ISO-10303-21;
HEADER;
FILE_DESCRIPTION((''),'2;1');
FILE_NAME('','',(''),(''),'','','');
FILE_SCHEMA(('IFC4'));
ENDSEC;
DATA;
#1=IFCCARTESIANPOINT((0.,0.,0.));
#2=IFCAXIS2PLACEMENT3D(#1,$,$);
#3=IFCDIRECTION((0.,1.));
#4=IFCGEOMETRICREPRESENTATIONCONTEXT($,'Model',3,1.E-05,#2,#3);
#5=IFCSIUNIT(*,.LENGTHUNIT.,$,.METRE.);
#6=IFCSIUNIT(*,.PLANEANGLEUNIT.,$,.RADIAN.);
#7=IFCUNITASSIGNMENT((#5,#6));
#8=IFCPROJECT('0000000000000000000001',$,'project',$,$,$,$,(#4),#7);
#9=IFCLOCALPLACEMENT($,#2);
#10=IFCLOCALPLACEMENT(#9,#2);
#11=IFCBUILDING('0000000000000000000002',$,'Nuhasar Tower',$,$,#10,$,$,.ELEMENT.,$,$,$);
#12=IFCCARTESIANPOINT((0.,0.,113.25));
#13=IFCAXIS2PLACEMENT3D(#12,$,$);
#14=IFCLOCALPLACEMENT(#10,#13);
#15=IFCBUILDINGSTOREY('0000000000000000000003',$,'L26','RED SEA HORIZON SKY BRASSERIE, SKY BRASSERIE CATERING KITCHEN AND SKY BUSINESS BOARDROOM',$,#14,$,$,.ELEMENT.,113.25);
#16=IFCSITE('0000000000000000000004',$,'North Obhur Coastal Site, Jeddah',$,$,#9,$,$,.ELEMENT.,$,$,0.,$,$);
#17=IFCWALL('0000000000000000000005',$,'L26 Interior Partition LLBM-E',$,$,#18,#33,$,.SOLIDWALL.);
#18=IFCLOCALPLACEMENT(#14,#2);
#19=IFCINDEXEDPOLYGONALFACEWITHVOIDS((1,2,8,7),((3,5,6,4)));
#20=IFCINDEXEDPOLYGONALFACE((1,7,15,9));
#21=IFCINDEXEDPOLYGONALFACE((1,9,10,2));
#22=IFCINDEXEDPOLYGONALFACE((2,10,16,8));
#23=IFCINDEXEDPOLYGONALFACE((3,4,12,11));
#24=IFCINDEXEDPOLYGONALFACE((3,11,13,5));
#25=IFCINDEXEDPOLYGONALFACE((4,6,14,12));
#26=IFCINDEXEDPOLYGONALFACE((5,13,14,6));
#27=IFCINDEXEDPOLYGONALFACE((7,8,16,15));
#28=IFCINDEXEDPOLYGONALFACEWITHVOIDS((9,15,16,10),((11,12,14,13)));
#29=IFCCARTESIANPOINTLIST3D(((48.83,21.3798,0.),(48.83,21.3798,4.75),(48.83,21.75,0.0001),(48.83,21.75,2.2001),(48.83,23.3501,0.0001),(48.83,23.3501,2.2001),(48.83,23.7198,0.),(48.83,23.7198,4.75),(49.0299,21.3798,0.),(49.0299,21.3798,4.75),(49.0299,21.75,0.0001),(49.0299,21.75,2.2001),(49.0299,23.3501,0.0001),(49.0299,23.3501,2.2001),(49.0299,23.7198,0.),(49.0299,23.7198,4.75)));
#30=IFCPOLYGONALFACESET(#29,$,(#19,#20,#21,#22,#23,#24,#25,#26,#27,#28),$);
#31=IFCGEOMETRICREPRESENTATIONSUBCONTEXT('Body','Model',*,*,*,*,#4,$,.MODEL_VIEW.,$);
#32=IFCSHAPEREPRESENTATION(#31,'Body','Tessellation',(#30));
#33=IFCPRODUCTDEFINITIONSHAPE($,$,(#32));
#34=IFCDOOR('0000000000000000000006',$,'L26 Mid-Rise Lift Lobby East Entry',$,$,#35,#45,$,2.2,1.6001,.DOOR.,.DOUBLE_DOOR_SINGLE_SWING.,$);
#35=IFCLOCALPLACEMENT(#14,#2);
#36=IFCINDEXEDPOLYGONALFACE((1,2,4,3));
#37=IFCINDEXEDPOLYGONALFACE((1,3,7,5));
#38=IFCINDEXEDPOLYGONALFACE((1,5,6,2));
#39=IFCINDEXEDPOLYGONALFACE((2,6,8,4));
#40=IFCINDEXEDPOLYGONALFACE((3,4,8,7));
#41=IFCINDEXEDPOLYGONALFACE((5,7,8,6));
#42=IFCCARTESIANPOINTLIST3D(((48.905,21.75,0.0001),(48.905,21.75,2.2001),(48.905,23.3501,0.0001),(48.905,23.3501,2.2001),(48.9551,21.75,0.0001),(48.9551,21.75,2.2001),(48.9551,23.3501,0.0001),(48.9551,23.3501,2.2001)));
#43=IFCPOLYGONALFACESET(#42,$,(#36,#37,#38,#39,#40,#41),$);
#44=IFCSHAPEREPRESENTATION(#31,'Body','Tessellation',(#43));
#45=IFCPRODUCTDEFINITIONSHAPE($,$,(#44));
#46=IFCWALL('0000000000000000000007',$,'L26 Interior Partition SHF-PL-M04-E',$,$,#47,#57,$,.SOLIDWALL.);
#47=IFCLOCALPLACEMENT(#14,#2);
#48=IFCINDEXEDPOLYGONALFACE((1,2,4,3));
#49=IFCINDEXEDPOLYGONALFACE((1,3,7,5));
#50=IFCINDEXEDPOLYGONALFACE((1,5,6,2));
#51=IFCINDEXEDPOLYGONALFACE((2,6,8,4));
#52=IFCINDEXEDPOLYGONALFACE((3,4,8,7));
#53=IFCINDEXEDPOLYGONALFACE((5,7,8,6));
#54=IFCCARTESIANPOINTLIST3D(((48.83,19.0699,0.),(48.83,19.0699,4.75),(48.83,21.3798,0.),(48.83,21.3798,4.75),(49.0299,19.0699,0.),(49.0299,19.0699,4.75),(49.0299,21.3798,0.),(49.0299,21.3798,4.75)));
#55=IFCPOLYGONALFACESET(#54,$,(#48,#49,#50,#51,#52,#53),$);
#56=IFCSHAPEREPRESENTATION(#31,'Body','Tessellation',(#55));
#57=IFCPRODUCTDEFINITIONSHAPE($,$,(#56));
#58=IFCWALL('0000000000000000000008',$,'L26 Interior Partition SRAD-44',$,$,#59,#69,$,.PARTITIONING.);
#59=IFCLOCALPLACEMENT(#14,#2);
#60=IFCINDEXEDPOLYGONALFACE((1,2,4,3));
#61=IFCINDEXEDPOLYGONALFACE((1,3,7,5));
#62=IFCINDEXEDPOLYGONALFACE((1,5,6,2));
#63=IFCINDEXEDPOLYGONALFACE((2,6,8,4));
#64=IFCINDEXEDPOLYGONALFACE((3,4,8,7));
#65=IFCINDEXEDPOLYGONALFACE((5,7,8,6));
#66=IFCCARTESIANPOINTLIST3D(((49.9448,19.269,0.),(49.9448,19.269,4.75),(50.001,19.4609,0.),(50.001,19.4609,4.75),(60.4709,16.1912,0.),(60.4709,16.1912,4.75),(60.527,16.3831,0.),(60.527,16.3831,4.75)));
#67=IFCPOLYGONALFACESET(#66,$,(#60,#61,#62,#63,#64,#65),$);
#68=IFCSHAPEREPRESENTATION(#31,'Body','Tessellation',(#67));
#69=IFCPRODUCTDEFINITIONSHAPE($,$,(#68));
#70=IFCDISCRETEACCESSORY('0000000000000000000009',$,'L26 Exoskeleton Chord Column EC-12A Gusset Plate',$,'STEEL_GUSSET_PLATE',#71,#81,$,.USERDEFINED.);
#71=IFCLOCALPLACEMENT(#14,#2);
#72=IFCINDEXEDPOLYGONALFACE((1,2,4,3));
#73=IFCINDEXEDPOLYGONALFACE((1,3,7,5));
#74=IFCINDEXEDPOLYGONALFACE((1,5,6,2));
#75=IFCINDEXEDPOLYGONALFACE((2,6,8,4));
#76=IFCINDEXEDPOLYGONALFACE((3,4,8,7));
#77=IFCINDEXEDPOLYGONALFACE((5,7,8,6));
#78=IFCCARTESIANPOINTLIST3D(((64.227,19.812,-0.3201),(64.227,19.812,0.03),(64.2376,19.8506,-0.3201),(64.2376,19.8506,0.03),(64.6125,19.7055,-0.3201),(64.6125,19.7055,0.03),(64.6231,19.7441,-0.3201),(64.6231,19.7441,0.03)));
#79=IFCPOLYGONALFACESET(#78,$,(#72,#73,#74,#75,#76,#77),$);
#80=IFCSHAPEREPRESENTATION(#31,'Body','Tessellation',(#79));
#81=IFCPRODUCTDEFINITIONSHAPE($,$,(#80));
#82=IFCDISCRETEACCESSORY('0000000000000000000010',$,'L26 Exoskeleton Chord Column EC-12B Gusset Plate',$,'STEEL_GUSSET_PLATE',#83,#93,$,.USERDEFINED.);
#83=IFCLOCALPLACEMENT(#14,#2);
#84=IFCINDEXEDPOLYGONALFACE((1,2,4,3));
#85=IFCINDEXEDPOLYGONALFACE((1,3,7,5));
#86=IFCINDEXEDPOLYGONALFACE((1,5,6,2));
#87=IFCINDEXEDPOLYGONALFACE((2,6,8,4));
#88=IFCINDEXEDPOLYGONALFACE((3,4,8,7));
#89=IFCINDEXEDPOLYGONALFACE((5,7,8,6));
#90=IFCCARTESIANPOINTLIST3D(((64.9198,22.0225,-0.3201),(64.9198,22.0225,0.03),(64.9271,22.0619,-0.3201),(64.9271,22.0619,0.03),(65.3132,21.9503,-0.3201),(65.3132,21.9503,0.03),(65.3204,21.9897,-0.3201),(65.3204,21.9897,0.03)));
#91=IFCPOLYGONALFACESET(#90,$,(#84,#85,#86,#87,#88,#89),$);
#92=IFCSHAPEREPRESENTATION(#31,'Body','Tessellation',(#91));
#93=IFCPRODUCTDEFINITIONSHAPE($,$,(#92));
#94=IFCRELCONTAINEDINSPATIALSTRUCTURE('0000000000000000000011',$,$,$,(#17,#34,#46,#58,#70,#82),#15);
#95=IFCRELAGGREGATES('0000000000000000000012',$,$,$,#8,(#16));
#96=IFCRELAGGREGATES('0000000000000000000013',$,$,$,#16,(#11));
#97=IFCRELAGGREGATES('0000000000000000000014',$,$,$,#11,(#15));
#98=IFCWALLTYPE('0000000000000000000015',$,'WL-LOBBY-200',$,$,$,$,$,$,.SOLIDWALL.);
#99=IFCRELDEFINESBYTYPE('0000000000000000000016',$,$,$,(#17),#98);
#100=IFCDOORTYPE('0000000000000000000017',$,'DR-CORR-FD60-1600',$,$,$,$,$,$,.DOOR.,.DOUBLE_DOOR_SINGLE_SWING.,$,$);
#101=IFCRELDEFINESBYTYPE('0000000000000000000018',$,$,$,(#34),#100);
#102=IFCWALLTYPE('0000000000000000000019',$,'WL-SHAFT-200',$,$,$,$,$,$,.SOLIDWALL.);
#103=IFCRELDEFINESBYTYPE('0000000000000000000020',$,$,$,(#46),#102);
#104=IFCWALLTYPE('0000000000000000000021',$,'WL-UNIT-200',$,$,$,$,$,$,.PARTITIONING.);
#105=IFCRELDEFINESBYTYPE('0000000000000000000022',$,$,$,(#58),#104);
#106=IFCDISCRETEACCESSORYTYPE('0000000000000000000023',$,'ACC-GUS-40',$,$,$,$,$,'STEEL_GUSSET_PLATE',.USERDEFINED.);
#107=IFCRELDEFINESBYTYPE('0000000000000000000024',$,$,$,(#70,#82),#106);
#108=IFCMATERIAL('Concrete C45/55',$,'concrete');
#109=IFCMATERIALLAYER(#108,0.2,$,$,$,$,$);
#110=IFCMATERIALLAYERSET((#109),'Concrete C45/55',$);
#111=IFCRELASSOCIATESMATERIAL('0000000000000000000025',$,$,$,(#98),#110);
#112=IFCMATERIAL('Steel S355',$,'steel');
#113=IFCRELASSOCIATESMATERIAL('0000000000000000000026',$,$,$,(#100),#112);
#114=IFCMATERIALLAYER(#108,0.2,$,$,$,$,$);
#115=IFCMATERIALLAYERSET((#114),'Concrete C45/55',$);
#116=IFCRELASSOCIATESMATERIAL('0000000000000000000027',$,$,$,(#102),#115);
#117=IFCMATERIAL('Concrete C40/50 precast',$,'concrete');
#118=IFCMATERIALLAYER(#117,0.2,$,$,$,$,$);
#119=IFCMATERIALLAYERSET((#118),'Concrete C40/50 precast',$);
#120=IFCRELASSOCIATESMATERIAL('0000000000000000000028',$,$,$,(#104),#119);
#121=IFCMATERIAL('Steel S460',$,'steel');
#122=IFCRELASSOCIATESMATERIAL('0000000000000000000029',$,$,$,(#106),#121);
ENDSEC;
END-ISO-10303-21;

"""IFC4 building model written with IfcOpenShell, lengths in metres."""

from ifc_helpers import new_model, si_unit, direction, frame, frame_2d, origin, origin_2d, place, context, subcontext, project, spatial, rectangle, extrude, material, layer, layer_set, type_object, element, fill, save


model = new_model("IFC4")

# Units and contexts
model_context = context("Model", 3, precision=1e-05, world=origin(), true_north=direction((0.0, 1.0)))
body_context = subcontext(model_context, "Body", "Model", "MODEL_VIEW")
ifc_project = project(units=[si_unit("LENGTHUNIT", "METRE"), si_unit("PLANEANGLEUNIT", "RADIAN")], contexts=[model_context])

# Site, building, storey
site_placement = place(None, origin())
site = spatial("IfcSite", under=ifc_project, at=site_placement, Name="North Obhur Coastal Site, Jeddah", CompositionType="ELEMENT", RefElevation=0.0)
building_placement = place(site_placement, origin())
building = spatial("IfcBuilding", under=site, at=building_placement, Name="Nuhasar Tower", CompositionType="ELEMENT")
storey_placement = place(building_placement, frame((0.0, 0.0, 113.25)))
storey = spatial("IfcBuildingStorey", under=building, at=storey_placement, Name="L26", Description="RED SEA HORIZON SKY BRASSERIE, SKY BRASSERIE CATERING KITCHEN AND SKY BUSINESS BOARDROOM", CompositionType="ELEMENT", Elevation=113.25)

# Shared definitions
ifc_material_1 = material(Name="Steel S460", Category="steel")

# Wall, opening, door
ifc_material_2 = material(Name="Concrete C45/55", Category="concrete")
ifc_layer_1 = layer(ifc_material_2, 0.2)
ifc_layer_set_1 = layer_set([ifc_layer_1], Name="Concrete C45/55")
wall_type_1 = type_object("IfcWallType", Name="WL-LOBBY-200", PredefinedType="SOLIDWALL", material=ifc_layer_set_1)
wall_1_placement = place(storey_placement, frame((48.9299, 21.3799, 0.0), z_axis=(0.0, 0.0, 1.0), x_axis=(0.0, 1.0, 0.0)))
wall_1 = element("IfcWall", 1, at=wall_1_placement, inside=storey, type_object=wall_type_1, Name="L26 Interior Partition LLBM-E", PredefinedType="SOLIDWALL", context=body_context, shape_type="SweptSolid", body=[
    extrude(rectangle(XDim=2.3401, YDim=0.2, at=frame_2d((1.1699, 0.0))), origin(), (0.0, 0.0, 1.0), 4.75),
])
opening_placement = place(wall_1_placement, frame((0.3701, 0.0, 0.0)))
opening = element("IfcOpeningElement", 2, at=opening_placement, cuts=wall_1, PredefinedType="OPENING", context=body_context, shape_type="SweptSolid", body=[
    extrude(rectangle(XDim=1.6001, YDim=2.2, at=frame_2d((0.8, 1.1001))), frame((0.0, 0.1099, 0.0), z_axis=(0.0, -1.0, 0.0), x_axis=(1.0, 0.0, 0.0)), (0.0, 0.0, 1.0), 0.22),
])
ifc_material_3 = material(Name="Steel S355", Category="steel")
door_type = type_object("IfcDoorType", Name="DR-CORR-FD60-1600", OperationType="DOUBLE_DOOR_SINGLE_SWING", PredefinedType="DOOR", material=ifc_material_3)
door_placement = place(opening_placement, origin())
door = element("IfcDoor", 3, at=door_placement, inside=storey, type_object=door_type, Name="L26 Mid-Rise Lift Lobby East Entry", OperationType="DOUBLE_DOOR_SINGLE_SWING", OverallHeight=2.2, OverallWidth=1.6001, PredefinedType="DOOR", context=body_context, shape_type="SweptSolid", body=[
    extrude(rectangle(XDim=1.6001, YDim=2.2, at=frame_2d((0.8, 1.1001))), frame((0.0, 0.0249, 0.0), z_axis=(0.0, -1.0, 0.0), x_axis=(1.0, 0.0, 0.0)), (0.0, 0.0, 1.0), 0.05),
])
fill(opening, door)

# Walls
ifc_layer_2 = layer(ifc_material_2, 0.2)
ifc_layer_set_2 = layer_set([ifc_layer_2], Name="Concrete C45/55")
wall_type_2 = type_object("IfcWallType", Name="WL-SHAFT-200", PredefinedType="SOLIDWALL", material=ifc_layer_set_2)
wall_2_placement = place(storey_placement, frame((48.9299, 19.0701, 0.0), z_axis=(0.0, 0.0, 1.0), x_axis=(0.0, 1.0, 0.0)))
element("IfcWall", 4, at=wall_2_placement, inside=storey, type_object=wall_type_2, Name="L26 Interior Partition SHF-PL-M04-E", PredefinedType="SOLIDWALL", context=body_context, shape_type="SweptSolid", body=[
    extrude(rectangle(XDim=2.3098, YDim=0.2, at=frame_2d((1.1548, 0.0))), origin(), (0.0, 0.0, 1.0), 4.75),
])
ifc_material_4 = material(Name="Concrete C40/50 precast", Category="concrete")
ifc_layer_3 = layer(ifc_material_4, 0.2)
ifc_layer_set_3 = layer_set([ifc_layer_3], Name="Concrete C40/50 precast")
wall_type_3 = type_object("IfcWallType", Name="WL-UNIT-200", PredefinedType="PARTITIONING", material=ifc_layer_set_3)
wall_3_placement = place(storey_placement, frame((49.9729, 19.365, 0.0), z_axis=(0.0, 0.0, 1.0), x_axis=(0.95981, -0.280652, 0.0)))
element("IfcWall", 5, at=wall_3_placement, inside=storey, type_object=wall_type_3, Name="L26 Interior Partition SRAD-44", PredefinedType="PARTITIONING", context=body_context, shape_type="SweptSolid", body=[
    extrude(rectangle(XDim=10.9668, YDim=0.2, at=frame_2d((5.4834, 0.0))), origin(), (0.0, 0.0, 1.0), 4.75),
])

# Discrete accessories
discrete_accessory_type = type_object("IfcDiscreteAccessoryType", Name="ACC-GUS-40", ElementType="STEEL_GUSSET_PLATE", PredefinedType="USERDEFINED", material=ifc_material_1)
for number, where, z_axis, x_axis, name in (
    (6, (64.425, 19.7781, -0.3201), (0.0, 0.0, 1.0), (0.963914, -0.266212, 0.0), "L26 Exoskeleton Chord Column EC-12A Gusset Plate"),
    (7, (65.1201, 22.0061, -0.3201), (0.0, 0.0, 1.0), (0.983568, -0.180536, 0.0), "L26 Exoskeleton Chord Column EC-12B Gusset Plate"),
):
    element("IfcDiscreteAccessory", number, at=place(storey_placement, frame(where, z_axis=z_axis, x_axis=x_axis)), inside=storey, type_object=discrete_accessory_type, Name=name, ObjectType="STEEL_GUSSET_PLATE", PredefinedType="USERDEFINED", context=body_context, shape_type="SweptSolid", body=[
        extrude(rectangle(XDim=0.3999, YDim=0.04, at=origin_2d()), origin(), (0.0, 0.0, 1.0), 0.3501),
    ])

save(model, "model.ifc")
